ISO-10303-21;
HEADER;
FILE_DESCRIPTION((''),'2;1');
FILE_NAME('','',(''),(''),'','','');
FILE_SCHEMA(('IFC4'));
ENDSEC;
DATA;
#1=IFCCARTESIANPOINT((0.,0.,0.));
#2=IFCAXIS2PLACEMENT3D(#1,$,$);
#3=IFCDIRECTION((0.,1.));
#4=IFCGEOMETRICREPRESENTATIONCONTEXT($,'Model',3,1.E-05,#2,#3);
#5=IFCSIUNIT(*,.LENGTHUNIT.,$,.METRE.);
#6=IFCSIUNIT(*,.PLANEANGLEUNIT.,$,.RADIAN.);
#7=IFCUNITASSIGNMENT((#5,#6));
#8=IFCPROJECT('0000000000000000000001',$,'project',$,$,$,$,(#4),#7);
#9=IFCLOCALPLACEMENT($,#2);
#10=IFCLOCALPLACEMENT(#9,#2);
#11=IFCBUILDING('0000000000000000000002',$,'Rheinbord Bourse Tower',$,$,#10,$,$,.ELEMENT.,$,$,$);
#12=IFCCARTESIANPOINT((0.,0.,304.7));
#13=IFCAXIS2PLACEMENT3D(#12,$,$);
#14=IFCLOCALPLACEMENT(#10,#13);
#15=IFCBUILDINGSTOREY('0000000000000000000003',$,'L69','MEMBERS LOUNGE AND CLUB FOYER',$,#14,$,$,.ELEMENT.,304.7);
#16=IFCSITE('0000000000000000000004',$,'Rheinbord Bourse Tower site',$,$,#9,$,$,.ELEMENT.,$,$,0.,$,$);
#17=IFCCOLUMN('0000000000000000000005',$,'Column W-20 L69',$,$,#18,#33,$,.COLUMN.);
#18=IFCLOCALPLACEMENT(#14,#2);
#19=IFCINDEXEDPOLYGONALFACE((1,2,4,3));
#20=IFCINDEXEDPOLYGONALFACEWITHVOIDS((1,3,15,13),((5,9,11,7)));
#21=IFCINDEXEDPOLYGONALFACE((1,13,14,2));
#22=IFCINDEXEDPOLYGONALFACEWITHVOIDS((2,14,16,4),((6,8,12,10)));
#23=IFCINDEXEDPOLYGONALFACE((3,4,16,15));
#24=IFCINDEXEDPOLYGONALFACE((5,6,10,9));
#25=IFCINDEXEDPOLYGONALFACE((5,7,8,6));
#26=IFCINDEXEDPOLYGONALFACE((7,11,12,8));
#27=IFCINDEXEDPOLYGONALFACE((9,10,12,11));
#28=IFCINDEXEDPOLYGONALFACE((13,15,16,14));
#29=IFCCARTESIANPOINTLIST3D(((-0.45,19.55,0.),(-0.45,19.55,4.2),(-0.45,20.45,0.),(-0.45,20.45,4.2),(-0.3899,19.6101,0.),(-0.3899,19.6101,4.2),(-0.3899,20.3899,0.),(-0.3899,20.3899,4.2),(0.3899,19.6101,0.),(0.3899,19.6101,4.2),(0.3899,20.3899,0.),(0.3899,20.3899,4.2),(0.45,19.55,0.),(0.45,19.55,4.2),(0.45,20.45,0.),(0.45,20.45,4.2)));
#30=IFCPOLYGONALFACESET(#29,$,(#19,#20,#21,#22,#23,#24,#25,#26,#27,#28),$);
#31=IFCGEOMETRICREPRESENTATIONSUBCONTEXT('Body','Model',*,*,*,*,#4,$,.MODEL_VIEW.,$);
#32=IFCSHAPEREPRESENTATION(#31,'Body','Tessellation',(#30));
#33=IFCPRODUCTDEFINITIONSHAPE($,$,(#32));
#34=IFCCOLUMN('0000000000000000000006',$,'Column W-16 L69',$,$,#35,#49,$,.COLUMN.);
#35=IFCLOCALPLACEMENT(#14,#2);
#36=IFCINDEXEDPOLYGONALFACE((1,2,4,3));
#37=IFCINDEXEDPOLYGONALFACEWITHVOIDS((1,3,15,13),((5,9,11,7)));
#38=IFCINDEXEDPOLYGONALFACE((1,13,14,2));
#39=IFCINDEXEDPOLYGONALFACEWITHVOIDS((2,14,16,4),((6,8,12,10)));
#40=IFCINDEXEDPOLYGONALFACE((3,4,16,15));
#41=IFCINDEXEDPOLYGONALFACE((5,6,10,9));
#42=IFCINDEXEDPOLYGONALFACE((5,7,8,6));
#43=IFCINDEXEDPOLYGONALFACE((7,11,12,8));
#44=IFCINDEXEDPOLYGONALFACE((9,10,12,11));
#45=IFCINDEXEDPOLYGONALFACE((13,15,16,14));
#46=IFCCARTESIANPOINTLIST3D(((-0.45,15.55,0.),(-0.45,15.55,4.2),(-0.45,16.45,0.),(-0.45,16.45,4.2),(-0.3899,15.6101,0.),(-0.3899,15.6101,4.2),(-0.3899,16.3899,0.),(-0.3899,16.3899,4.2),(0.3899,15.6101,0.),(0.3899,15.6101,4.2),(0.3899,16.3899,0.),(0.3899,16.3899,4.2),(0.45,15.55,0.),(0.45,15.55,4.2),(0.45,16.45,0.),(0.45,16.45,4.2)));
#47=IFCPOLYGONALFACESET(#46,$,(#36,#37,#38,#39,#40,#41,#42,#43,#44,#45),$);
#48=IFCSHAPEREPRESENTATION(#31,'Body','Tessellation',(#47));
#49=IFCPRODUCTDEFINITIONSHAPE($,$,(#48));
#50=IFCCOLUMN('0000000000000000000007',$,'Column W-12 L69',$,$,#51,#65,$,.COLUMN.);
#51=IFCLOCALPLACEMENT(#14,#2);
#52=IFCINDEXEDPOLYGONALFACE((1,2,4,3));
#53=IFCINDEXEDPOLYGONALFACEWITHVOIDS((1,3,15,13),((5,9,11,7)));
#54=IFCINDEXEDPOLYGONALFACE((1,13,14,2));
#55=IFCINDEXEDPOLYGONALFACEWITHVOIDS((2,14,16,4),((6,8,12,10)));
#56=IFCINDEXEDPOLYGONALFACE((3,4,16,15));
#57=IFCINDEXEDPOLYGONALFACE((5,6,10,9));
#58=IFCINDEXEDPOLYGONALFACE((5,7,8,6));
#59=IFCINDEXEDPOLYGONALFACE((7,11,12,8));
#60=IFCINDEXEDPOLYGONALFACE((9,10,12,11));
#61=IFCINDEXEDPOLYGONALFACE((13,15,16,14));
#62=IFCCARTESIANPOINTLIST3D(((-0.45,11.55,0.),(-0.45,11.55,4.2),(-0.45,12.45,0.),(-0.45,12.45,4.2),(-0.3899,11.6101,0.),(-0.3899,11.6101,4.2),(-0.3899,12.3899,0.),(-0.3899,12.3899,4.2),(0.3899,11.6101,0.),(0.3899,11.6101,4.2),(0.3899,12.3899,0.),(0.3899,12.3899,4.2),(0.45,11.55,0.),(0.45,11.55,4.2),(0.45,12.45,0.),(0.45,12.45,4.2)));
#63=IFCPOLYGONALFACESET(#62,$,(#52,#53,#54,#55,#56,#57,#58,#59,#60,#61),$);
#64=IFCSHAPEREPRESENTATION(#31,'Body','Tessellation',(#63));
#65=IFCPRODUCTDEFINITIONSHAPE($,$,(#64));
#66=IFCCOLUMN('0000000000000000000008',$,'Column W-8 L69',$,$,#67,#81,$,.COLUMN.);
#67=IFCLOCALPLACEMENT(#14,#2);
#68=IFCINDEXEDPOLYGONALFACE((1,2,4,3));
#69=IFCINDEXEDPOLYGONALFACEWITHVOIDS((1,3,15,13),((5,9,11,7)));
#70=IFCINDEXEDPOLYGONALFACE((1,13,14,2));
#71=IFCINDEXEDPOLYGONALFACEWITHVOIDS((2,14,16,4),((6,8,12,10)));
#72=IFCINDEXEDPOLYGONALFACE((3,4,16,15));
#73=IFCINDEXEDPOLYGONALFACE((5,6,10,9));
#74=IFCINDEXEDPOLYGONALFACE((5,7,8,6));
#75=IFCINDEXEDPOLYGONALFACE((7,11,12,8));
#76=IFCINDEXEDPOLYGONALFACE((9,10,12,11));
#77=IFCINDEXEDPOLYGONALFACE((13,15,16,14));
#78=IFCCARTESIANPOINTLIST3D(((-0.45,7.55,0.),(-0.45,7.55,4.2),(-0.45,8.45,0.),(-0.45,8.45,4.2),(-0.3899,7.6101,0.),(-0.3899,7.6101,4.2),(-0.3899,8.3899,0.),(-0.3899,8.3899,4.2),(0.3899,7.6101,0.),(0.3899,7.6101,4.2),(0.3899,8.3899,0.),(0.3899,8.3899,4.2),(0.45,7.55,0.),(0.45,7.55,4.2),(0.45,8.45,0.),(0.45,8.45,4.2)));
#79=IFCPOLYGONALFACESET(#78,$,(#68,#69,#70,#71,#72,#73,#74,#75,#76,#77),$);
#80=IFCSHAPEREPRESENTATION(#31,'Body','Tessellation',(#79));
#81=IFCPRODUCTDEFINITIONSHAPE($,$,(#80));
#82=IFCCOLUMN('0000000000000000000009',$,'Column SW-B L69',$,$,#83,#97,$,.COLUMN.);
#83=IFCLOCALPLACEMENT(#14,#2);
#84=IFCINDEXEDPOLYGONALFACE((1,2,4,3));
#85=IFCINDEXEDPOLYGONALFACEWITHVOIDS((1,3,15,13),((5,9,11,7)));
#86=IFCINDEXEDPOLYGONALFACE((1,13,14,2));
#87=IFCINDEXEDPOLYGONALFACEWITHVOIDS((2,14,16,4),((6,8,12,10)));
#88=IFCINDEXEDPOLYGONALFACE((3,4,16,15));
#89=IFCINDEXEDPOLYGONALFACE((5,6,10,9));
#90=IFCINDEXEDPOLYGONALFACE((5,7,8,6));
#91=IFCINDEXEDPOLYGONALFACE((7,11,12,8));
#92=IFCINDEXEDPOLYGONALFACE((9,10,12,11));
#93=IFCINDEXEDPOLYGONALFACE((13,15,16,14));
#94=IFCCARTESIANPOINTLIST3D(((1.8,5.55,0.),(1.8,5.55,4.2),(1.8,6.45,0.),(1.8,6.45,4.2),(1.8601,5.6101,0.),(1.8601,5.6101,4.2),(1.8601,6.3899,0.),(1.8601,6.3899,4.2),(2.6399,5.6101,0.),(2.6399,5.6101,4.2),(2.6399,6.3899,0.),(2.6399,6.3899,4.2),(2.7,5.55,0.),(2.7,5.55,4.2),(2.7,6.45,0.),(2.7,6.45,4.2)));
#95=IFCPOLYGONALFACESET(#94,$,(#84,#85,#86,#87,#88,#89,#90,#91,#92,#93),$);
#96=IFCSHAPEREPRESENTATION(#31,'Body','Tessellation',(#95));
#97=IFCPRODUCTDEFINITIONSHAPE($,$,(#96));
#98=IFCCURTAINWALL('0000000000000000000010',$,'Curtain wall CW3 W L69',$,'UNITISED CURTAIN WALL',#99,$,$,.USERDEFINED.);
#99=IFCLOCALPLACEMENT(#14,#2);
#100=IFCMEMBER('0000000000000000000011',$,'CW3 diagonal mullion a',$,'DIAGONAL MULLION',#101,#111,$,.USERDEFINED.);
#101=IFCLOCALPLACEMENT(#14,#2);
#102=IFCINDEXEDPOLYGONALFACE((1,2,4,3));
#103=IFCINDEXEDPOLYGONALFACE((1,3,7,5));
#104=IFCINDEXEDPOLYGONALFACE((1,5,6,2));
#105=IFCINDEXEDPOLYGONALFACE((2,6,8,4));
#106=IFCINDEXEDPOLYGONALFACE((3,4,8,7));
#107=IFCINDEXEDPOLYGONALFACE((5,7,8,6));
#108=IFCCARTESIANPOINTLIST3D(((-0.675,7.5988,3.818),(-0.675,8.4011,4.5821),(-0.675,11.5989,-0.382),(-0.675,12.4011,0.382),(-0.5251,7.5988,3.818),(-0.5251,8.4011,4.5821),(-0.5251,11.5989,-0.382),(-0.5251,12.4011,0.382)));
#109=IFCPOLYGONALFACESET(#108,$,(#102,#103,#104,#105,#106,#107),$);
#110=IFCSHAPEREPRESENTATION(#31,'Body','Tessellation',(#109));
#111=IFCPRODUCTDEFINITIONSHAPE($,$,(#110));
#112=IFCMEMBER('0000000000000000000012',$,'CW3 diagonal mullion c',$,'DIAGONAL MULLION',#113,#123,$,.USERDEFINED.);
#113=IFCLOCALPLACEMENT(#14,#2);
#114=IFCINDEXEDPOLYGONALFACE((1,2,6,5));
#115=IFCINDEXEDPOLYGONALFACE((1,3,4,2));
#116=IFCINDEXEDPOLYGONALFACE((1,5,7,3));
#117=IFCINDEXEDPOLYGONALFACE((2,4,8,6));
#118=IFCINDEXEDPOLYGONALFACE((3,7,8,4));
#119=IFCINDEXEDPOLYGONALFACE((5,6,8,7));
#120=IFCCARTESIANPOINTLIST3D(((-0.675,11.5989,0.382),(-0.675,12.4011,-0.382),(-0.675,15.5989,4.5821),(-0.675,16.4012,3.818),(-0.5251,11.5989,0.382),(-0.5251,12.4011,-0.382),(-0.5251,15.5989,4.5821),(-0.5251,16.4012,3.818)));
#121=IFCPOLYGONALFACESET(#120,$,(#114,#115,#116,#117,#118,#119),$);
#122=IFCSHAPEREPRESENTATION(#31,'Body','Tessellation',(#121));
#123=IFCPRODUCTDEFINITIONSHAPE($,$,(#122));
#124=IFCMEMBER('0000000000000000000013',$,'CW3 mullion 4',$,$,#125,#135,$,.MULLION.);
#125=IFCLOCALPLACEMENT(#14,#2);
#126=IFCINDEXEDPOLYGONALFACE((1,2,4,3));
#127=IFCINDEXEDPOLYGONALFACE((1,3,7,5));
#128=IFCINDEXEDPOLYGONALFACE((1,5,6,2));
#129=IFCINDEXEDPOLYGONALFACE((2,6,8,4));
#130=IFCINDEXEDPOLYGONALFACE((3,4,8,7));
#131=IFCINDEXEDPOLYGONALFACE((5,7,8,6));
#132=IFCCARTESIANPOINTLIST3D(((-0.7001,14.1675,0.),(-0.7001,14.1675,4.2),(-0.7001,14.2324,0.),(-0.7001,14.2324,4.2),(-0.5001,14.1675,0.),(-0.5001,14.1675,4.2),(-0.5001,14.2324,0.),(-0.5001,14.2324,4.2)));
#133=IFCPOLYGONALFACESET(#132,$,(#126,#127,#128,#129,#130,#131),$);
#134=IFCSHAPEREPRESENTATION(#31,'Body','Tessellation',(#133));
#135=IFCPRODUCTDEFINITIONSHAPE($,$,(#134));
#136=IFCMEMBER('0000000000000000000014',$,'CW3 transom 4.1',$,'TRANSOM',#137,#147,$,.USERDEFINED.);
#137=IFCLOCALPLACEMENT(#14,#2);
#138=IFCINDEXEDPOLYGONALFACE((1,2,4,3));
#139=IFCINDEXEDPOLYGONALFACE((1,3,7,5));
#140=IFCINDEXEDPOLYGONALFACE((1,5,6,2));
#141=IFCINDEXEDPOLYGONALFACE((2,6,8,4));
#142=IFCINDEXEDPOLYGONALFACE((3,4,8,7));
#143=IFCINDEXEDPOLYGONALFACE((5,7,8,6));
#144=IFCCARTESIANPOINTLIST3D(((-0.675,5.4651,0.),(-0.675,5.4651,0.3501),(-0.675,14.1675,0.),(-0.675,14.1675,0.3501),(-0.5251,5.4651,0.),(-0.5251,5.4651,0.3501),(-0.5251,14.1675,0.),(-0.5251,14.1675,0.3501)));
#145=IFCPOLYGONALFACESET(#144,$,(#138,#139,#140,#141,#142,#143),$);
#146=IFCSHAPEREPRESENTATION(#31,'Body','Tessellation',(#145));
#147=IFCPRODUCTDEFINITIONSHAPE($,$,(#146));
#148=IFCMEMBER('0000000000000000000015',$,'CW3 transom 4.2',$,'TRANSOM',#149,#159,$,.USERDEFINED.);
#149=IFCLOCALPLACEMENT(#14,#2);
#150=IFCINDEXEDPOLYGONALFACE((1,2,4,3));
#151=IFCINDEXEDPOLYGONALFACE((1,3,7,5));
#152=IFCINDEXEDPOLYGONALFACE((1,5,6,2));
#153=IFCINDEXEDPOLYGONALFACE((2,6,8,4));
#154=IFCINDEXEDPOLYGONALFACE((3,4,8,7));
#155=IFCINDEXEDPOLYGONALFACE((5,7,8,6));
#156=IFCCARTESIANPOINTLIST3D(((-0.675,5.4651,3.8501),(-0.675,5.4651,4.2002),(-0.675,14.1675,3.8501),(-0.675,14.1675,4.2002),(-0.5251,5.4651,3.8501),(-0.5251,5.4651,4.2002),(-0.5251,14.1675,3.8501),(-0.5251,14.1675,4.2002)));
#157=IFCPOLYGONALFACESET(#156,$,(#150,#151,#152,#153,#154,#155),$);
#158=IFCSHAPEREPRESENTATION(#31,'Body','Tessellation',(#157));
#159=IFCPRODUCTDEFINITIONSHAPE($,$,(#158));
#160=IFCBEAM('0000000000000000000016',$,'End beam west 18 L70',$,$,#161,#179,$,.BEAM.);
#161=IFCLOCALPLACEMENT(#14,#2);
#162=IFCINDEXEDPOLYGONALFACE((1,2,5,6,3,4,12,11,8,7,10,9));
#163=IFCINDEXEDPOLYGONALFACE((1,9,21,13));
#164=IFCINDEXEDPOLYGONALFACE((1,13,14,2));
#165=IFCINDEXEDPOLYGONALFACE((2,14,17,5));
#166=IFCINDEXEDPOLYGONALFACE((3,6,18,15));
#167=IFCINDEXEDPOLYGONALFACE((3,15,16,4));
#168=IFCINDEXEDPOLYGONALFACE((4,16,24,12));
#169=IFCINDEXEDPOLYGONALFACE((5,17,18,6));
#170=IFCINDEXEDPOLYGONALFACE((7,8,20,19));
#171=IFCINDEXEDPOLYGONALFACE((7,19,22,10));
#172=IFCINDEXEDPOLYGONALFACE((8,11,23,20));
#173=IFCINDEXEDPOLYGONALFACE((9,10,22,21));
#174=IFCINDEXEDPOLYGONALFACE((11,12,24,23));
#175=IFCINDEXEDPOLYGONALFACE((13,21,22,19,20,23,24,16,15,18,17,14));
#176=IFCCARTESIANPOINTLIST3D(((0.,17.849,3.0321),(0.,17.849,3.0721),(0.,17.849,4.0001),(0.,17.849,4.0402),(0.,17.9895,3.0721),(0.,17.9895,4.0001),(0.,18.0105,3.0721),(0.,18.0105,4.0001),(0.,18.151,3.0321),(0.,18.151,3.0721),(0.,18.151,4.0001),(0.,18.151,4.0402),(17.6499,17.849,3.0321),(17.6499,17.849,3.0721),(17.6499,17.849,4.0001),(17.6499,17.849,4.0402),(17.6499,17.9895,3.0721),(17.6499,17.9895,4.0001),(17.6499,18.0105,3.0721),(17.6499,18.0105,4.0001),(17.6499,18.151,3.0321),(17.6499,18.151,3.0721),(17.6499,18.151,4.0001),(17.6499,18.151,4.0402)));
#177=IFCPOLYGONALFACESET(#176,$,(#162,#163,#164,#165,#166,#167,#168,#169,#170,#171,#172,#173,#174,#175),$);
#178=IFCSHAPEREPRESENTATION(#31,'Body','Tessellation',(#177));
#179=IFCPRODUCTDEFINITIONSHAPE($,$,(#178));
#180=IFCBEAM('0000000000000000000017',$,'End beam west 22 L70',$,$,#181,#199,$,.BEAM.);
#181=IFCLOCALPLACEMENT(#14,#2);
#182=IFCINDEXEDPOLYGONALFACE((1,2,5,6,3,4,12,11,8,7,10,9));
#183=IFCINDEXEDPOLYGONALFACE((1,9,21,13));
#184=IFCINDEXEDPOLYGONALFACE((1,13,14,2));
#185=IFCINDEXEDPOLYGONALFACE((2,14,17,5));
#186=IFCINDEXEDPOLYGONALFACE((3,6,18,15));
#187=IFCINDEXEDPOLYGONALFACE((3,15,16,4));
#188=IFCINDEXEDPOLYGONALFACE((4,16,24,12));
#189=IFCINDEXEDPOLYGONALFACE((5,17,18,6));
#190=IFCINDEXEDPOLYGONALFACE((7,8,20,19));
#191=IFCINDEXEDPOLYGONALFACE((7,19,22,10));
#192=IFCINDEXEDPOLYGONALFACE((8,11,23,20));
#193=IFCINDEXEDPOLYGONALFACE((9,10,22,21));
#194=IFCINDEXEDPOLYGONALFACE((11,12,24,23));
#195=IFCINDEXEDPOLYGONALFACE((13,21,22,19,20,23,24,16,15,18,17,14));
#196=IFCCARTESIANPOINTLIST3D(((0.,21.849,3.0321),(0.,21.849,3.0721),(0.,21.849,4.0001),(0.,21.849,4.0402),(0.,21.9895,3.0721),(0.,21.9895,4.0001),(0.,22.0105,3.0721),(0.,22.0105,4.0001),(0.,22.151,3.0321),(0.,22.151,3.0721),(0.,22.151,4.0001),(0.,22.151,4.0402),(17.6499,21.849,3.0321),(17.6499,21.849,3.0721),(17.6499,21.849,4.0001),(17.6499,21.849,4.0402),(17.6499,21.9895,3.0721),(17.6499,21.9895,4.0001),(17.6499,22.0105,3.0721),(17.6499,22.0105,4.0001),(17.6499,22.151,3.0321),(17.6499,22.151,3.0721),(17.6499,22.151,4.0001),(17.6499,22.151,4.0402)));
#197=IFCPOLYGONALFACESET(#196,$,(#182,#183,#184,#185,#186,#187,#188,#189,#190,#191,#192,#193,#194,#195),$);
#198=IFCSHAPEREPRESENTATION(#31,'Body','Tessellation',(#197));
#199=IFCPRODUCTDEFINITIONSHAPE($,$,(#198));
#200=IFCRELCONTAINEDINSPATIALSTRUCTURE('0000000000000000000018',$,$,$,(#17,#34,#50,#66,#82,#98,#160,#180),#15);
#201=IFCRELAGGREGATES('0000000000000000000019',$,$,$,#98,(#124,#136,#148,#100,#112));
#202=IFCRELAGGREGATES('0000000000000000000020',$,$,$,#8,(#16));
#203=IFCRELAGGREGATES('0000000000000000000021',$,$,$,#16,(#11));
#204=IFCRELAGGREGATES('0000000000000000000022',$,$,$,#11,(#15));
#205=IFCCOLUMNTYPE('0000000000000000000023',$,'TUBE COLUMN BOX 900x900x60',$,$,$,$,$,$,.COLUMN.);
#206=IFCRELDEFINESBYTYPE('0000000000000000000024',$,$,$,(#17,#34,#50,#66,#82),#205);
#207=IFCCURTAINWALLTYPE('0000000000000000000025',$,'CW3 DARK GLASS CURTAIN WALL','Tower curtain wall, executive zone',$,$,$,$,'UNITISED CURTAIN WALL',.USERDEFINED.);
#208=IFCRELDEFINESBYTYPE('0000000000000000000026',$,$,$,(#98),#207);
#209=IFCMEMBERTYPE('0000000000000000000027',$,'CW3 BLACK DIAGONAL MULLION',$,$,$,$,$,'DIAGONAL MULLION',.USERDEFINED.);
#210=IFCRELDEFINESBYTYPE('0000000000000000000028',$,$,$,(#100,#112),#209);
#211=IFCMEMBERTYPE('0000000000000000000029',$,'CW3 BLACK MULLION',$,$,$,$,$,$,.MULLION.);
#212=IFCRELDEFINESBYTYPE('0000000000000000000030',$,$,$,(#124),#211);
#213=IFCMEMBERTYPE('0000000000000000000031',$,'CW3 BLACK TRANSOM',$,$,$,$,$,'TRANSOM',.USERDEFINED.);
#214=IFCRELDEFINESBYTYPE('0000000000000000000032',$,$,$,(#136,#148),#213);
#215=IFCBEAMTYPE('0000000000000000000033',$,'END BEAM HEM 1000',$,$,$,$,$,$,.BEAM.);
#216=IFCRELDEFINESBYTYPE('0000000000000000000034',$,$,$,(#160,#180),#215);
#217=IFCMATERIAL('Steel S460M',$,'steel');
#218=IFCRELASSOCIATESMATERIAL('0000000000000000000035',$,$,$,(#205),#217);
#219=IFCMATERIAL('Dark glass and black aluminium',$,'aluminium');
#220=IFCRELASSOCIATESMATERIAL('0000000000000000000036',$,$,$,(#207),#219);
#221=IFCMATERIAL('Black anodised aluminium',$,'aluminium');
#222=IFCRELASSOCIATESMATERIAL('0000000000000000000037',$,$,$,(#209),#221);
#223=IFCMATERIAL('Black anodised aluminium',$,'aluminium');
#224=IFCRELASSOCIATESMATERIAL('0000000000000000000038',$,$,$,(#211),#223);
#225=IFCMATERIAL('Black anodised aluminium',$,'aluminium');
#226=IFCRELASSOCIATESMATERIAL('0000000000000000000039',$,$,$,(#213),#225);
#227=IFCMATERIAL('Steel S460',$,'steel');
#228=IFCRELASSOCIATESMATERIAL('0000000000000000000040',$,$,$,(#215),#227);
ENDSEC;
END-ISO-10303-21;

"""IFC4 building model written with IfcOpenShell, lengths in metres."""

from ifc_helpers import new_model, si_unit, direction, frame, origin, origin_2d, place, context, subcontext, project, spatial, rectangle, hollow_rectangle, i_section, extrude, material, material_profile, profile_set, type_object, element, aggregate, save


model = new_model("IFC4")

# Units and contexts
model_context = context("Model", 3, precision=1e-05, world=origin(), true_north=direction((0.0, 1.0)))
body_context = subcontext(model_context, "Body", "Model", "MODEL_VIEW")
ifc_project = project(units=[si_unit("LENGTHUNIT", "METRE"), si_unit("PLANEANGLEUNIT", "RADIAN")], contexts=[model_context])

# Site, building, storey
site_placement = place(None, origin())
site = spatial("IfcSite", under=ifc_project, at=site_placement, Name="Rheinbord Bourse Tower site", CompositionType="ELEMENT", RefElevation=0.0)
building_placement = place(site_placement, origin())
building = spatial("IfcBuilding", under=site, at=building_placement, Name="Rheinbord Bourse Tower", CompositionType="ELEMENT")
storey_placement = place(building_placement, frame((0.0, 0.0, 304.7)))
storey = spatial("IfcBuildingStorey", under=building, at=storey_placement, Name="L69", Description="MEMBERS LOUNGE AND CLUB FOYER", CompositionType="ELEMENT", Elevation=304.7)

# Columns
ifc_material_1 = material(Name="Steel S460M", Category="steel")
ifc_material_profile_1 = material_profile(ifc_material_1, hollow_rectangle(XDim=0.8999, YDim=0.8999, WallThickness=0.0601, at=origin_2d()), Name="BOX 900x900x60")
ifc_profile_set_1 = profile_set([ifc_material_profile_1], Name="Steel S460M")
column_type = type_object("IfcColumnType", Name="TUBE COLUMN BOX 900x900x60", PredefinedType="COLUMN", material=ifc_profile_set_1)
for number, where, z_axis, x_axis, name in (
    (1, (0.0, 20.0, 0.0), (0.0, 0.0, 1.0), (1.0, 0.0, 0.0), "Column W-20 L69"),
    (2, (0.0, 16.0, 0.0), (0.0, 0.0, 1.0), (1.0, 0.0, 0.0), "Column W-16 L69"),
    (3, (0.0, 12.0, 0.0), (0.0, 0.0, 1.0), (1.0, 0.0, 0.0), "Column W-12 L69"),
    (4, (0.0, 8.0, 0.0), (0.0, 0.0, 1.0), (1.0, 0.0, 0.0), "Column W-8 L69"),
    (5, (2.25, 6.0, 0.0), (0.0, 0.0, 1.0), (1.0, 0.0, 0.0), "Column SW-B L69"),
):
    element("IfcColumn", number, at=place(storey_placement, frame(where, z_axis=z_axis, x_axis=x_axis)), inside=storey, type_object=column_type, Name=name, PredefinedType="COLUMN", context=body_context, shape_type="SweptSolid", body=[
        extrude(hollow_rectangle(XDim=0.8999, YDim=0.8999, WallThickness=0.0601, at=origin_2d()), origin(), (0.0, 0.0, 1.0), 4.2),
    ])

# Curtain wall, members
ifc_material_2 = material(Name="Dark glass and black aluminium", Category="aluminium")
curtain_wall_type = type_object("IfcCurtainWallType", Name="CW3 DARK GLASS CURTAIN WALL", Description="Tower curtain wall, executive zone", ElementType="UNITISED CURTAIN WALL", PredefinedType="USERDEFINED", material=ifc_material_2)
curtain_wall_placement = place(storey_placement, origin())
curtain_wall = element("IfcCurtainWall", 6, at=curtain_wall_placement, inside=storey, type_object=curtain_wall_type, Name="Curtain wall CW3 W L69", ObjectType="UNITISED CURTAIN WALL", PredefinedType="USERDEFINED")
ifc_material_3 = material(Name="Black anodised aluminium", Category="aluminium")
ifc_material_profile_2 = material_profile(ifc_material_3, rectangle(XDim=0.1499, YDim=1.1079, at=origin_2d()), Name="CW3 DIAGONAL MULLION 1108x150")
ifc_profile_set_2 = profile_set([ifc_material_profile_2], Name="Black anodised aluminium")
member_type_1 = type_object("IfcMemberType", Name="CW3 BLACK DIAGONAL MULLION", ElementType="DIAGONAL MULLION", PredefinedType="USERDEFINED", material=ifc_profile_set_2)
member_1_placement = place(storey_placement, frame((-0.6001, 12.0, 0.0), z_axis=(0.0, -0.689659, 0.724134), x_axis=(1.0, 0.0, 0.0)))
member_1 = element("IfcMember", 7, at=member_1_placement, type_object=member_type_1, Name="CW3 diagonal mullion a", ObjectType="DIAGONAL MULLION", PredefinedType="USERDEFINED", context=body_context, shape_type="SweptSolid", body=[
    extrude(rectangle(XDim=0.1499, YDim=1.1079, at=origin_2d()), origin(), (0.0, 0.0, 1.0), 5.8),
])
member_2_placement = place(storey_placement, frame((-0.6001, 12.0, 0.0), z_axis=(0.0, 0.689659, 0.724134), x_axis=(-1.0, 0.0, 0.0)))
member_2 = element("IfcMember", 8, at=member_2_placement, type_object=member_type_1, Name="CW3 diagonal mullion c", ObjectType="DIAGONAL MULLION", PredefinedType="USERDEFINED", context=body_context, shape_type="SweptSolid", body=[
    extrude(rectangle(XDim=0.1499, YDim=1.1079, at=origin_2d()), origin(), (0.0, 0.0, 1.0), 5.8),
])
ifc_material_4 = material(Name="Black anodised aluminium", Category="aluminium")
ifc_material_profile_3 = material_profile(ifc_material_4, rectangle(XDim=0.2, YDim=0.0649, at=origin_2d()), Name="CW3 MULLION 65x200")
ifc_profile_set_3 = profile_set([ifc_material_profile_3], Name="Black anodised aluminium")
member_type_2 = type_object("IfcMemberType", Name="CW3 BLACK MULLION", PredefinedType="MULLION", material=ifc_profile_set_3)
member_3_placement = place(storey_placement, frame((-0.6001, 14.2, 0.0), z_axis=(0.0, 0.0, 1.0), x_axis=(1.0, 0.0, 0.0)))
member_3 = element("IfcMember", 9, at=member_3_placement, type_object=member_type_2, Name="CW3 mullion 4", PredefinedType="MULLION", context=body_context, shape_type="SweptSolid", body=[
    extrude(rectangle(XDim=0.2, YDim=0.0649, at=origin_2d()), origin(), (0.0, 0.0, 1.0), 4.2),
])
ifc_material_5 = material(Name="Black anodised aluminium", Category="aluminium")
ifc_material_profile_4 = material_profile(ifc_material_5, rectangle(XDim=0.1499, YDim=0.3501, at=origin_2d()), Name="CW3 TRANSOM 350x150")
ifc_profile_set_4 = profile_set([ifc_material_profile_4], Name="Black anodised aluminium")
member_type_3 = type_object("IfcMemberType", Name="CW3 BLACK TRANSOM", ElementType="TRANSOM", PredefinedType="USERDEFINED", material=ifc_profile_set_4)
member_4_placement = place(storey_placement, frame((-0.6001, 14.1675, 0.175), z_axis=(0.0, -1.0, 0.0), x_axis=(1.0, 0.0, 0.0)))
member_4 = element("IfcMember", 10, at=member_4_placement, type_object=member_type_3, Name="CW3 transom 4.1", ObjectType="TRANSOM", PredefinedType="USERDEFINED", context=body_context, shape_type="SweptSolid", body=[
    extrude(rectangle(XDim=0.1499, YDim=0.3501, at=origin_2d()), origin(), (0.0, 0.0, 1.0), 8.7024),
])
member_5_placement = place(storey_placement, frame((-0.6001, 14.1675, 4.0251), z_axis=(0.0, -1.0, 0.0), x_axis=(1.0, 0.0, 0.0)))
member_5 = element("IfcMember", 11, at=member_5_placement, type_object=member_type_3, Name="CW3 transom 4.2", ObjectType="TRANSOM", PredefinedType="USERDEFINED", context=body_context, shape_type="SweptSolid", body=[
    extrude(rectangle(XDim=0.1499, YDim=0.3501, at=origin_2d()), origin(), (0.0, 0.0, 1.0), 8.7024),
])

# Beams
ifc_material_6 = material(Name="Steel S460", Category="steel")
ifc_material_profile_5 = material_profile(ifc_material_6, i_section(OverallWidth=0.302, OverallDepth=1.0081, WebThickness=0.021, FlangeThickness=0.04, at=origin_2d()), Name="HEM 1000")
ifc_profile_set_5 = profile_set([ifc_material_profile_5], Name="Steel S460")
beam_type_1 = type_object("IfcBeamType", Name="END BEAM HEM 1000", PredefinedType="BEAM", material=ifc_profile_set_5)
for number, where, z_axis, x_axis, name in (
    (12, (0.0, 18.0, 3.5361), (1.0, 0.0, 0.0), (0.0, 1.0, 0.0), "End beam west 18 L70"),
    (13, (0.0, 22.0, 3.5361), (1.0, 0.0, 0.0), (0.0, 1.0, 0.0), "End beam west 22 L70"),
):
    element("IfcBeam", number, at=place(storey_placement, frame(where, z_axis=z_axis, x_axis=x_axis)), inside=storey, type_object=beam_type_1, Name=name, PredefinedType="BEAM", context=body_context, shape_type="SweptSolid", body=[
        extrude(i_section(OverallWidth=0.302, OverallDepth=1.0081, WebThickness=0.021, FlangeThickness=0.04, at=origin_2d()), origin(), (0.0, 0.0, 1.0), 17.6499),
    ])

aggregate(curtain_wall, [member_3, member_4, member_5, member_1, member_2])

save(model, "model.ifc")
